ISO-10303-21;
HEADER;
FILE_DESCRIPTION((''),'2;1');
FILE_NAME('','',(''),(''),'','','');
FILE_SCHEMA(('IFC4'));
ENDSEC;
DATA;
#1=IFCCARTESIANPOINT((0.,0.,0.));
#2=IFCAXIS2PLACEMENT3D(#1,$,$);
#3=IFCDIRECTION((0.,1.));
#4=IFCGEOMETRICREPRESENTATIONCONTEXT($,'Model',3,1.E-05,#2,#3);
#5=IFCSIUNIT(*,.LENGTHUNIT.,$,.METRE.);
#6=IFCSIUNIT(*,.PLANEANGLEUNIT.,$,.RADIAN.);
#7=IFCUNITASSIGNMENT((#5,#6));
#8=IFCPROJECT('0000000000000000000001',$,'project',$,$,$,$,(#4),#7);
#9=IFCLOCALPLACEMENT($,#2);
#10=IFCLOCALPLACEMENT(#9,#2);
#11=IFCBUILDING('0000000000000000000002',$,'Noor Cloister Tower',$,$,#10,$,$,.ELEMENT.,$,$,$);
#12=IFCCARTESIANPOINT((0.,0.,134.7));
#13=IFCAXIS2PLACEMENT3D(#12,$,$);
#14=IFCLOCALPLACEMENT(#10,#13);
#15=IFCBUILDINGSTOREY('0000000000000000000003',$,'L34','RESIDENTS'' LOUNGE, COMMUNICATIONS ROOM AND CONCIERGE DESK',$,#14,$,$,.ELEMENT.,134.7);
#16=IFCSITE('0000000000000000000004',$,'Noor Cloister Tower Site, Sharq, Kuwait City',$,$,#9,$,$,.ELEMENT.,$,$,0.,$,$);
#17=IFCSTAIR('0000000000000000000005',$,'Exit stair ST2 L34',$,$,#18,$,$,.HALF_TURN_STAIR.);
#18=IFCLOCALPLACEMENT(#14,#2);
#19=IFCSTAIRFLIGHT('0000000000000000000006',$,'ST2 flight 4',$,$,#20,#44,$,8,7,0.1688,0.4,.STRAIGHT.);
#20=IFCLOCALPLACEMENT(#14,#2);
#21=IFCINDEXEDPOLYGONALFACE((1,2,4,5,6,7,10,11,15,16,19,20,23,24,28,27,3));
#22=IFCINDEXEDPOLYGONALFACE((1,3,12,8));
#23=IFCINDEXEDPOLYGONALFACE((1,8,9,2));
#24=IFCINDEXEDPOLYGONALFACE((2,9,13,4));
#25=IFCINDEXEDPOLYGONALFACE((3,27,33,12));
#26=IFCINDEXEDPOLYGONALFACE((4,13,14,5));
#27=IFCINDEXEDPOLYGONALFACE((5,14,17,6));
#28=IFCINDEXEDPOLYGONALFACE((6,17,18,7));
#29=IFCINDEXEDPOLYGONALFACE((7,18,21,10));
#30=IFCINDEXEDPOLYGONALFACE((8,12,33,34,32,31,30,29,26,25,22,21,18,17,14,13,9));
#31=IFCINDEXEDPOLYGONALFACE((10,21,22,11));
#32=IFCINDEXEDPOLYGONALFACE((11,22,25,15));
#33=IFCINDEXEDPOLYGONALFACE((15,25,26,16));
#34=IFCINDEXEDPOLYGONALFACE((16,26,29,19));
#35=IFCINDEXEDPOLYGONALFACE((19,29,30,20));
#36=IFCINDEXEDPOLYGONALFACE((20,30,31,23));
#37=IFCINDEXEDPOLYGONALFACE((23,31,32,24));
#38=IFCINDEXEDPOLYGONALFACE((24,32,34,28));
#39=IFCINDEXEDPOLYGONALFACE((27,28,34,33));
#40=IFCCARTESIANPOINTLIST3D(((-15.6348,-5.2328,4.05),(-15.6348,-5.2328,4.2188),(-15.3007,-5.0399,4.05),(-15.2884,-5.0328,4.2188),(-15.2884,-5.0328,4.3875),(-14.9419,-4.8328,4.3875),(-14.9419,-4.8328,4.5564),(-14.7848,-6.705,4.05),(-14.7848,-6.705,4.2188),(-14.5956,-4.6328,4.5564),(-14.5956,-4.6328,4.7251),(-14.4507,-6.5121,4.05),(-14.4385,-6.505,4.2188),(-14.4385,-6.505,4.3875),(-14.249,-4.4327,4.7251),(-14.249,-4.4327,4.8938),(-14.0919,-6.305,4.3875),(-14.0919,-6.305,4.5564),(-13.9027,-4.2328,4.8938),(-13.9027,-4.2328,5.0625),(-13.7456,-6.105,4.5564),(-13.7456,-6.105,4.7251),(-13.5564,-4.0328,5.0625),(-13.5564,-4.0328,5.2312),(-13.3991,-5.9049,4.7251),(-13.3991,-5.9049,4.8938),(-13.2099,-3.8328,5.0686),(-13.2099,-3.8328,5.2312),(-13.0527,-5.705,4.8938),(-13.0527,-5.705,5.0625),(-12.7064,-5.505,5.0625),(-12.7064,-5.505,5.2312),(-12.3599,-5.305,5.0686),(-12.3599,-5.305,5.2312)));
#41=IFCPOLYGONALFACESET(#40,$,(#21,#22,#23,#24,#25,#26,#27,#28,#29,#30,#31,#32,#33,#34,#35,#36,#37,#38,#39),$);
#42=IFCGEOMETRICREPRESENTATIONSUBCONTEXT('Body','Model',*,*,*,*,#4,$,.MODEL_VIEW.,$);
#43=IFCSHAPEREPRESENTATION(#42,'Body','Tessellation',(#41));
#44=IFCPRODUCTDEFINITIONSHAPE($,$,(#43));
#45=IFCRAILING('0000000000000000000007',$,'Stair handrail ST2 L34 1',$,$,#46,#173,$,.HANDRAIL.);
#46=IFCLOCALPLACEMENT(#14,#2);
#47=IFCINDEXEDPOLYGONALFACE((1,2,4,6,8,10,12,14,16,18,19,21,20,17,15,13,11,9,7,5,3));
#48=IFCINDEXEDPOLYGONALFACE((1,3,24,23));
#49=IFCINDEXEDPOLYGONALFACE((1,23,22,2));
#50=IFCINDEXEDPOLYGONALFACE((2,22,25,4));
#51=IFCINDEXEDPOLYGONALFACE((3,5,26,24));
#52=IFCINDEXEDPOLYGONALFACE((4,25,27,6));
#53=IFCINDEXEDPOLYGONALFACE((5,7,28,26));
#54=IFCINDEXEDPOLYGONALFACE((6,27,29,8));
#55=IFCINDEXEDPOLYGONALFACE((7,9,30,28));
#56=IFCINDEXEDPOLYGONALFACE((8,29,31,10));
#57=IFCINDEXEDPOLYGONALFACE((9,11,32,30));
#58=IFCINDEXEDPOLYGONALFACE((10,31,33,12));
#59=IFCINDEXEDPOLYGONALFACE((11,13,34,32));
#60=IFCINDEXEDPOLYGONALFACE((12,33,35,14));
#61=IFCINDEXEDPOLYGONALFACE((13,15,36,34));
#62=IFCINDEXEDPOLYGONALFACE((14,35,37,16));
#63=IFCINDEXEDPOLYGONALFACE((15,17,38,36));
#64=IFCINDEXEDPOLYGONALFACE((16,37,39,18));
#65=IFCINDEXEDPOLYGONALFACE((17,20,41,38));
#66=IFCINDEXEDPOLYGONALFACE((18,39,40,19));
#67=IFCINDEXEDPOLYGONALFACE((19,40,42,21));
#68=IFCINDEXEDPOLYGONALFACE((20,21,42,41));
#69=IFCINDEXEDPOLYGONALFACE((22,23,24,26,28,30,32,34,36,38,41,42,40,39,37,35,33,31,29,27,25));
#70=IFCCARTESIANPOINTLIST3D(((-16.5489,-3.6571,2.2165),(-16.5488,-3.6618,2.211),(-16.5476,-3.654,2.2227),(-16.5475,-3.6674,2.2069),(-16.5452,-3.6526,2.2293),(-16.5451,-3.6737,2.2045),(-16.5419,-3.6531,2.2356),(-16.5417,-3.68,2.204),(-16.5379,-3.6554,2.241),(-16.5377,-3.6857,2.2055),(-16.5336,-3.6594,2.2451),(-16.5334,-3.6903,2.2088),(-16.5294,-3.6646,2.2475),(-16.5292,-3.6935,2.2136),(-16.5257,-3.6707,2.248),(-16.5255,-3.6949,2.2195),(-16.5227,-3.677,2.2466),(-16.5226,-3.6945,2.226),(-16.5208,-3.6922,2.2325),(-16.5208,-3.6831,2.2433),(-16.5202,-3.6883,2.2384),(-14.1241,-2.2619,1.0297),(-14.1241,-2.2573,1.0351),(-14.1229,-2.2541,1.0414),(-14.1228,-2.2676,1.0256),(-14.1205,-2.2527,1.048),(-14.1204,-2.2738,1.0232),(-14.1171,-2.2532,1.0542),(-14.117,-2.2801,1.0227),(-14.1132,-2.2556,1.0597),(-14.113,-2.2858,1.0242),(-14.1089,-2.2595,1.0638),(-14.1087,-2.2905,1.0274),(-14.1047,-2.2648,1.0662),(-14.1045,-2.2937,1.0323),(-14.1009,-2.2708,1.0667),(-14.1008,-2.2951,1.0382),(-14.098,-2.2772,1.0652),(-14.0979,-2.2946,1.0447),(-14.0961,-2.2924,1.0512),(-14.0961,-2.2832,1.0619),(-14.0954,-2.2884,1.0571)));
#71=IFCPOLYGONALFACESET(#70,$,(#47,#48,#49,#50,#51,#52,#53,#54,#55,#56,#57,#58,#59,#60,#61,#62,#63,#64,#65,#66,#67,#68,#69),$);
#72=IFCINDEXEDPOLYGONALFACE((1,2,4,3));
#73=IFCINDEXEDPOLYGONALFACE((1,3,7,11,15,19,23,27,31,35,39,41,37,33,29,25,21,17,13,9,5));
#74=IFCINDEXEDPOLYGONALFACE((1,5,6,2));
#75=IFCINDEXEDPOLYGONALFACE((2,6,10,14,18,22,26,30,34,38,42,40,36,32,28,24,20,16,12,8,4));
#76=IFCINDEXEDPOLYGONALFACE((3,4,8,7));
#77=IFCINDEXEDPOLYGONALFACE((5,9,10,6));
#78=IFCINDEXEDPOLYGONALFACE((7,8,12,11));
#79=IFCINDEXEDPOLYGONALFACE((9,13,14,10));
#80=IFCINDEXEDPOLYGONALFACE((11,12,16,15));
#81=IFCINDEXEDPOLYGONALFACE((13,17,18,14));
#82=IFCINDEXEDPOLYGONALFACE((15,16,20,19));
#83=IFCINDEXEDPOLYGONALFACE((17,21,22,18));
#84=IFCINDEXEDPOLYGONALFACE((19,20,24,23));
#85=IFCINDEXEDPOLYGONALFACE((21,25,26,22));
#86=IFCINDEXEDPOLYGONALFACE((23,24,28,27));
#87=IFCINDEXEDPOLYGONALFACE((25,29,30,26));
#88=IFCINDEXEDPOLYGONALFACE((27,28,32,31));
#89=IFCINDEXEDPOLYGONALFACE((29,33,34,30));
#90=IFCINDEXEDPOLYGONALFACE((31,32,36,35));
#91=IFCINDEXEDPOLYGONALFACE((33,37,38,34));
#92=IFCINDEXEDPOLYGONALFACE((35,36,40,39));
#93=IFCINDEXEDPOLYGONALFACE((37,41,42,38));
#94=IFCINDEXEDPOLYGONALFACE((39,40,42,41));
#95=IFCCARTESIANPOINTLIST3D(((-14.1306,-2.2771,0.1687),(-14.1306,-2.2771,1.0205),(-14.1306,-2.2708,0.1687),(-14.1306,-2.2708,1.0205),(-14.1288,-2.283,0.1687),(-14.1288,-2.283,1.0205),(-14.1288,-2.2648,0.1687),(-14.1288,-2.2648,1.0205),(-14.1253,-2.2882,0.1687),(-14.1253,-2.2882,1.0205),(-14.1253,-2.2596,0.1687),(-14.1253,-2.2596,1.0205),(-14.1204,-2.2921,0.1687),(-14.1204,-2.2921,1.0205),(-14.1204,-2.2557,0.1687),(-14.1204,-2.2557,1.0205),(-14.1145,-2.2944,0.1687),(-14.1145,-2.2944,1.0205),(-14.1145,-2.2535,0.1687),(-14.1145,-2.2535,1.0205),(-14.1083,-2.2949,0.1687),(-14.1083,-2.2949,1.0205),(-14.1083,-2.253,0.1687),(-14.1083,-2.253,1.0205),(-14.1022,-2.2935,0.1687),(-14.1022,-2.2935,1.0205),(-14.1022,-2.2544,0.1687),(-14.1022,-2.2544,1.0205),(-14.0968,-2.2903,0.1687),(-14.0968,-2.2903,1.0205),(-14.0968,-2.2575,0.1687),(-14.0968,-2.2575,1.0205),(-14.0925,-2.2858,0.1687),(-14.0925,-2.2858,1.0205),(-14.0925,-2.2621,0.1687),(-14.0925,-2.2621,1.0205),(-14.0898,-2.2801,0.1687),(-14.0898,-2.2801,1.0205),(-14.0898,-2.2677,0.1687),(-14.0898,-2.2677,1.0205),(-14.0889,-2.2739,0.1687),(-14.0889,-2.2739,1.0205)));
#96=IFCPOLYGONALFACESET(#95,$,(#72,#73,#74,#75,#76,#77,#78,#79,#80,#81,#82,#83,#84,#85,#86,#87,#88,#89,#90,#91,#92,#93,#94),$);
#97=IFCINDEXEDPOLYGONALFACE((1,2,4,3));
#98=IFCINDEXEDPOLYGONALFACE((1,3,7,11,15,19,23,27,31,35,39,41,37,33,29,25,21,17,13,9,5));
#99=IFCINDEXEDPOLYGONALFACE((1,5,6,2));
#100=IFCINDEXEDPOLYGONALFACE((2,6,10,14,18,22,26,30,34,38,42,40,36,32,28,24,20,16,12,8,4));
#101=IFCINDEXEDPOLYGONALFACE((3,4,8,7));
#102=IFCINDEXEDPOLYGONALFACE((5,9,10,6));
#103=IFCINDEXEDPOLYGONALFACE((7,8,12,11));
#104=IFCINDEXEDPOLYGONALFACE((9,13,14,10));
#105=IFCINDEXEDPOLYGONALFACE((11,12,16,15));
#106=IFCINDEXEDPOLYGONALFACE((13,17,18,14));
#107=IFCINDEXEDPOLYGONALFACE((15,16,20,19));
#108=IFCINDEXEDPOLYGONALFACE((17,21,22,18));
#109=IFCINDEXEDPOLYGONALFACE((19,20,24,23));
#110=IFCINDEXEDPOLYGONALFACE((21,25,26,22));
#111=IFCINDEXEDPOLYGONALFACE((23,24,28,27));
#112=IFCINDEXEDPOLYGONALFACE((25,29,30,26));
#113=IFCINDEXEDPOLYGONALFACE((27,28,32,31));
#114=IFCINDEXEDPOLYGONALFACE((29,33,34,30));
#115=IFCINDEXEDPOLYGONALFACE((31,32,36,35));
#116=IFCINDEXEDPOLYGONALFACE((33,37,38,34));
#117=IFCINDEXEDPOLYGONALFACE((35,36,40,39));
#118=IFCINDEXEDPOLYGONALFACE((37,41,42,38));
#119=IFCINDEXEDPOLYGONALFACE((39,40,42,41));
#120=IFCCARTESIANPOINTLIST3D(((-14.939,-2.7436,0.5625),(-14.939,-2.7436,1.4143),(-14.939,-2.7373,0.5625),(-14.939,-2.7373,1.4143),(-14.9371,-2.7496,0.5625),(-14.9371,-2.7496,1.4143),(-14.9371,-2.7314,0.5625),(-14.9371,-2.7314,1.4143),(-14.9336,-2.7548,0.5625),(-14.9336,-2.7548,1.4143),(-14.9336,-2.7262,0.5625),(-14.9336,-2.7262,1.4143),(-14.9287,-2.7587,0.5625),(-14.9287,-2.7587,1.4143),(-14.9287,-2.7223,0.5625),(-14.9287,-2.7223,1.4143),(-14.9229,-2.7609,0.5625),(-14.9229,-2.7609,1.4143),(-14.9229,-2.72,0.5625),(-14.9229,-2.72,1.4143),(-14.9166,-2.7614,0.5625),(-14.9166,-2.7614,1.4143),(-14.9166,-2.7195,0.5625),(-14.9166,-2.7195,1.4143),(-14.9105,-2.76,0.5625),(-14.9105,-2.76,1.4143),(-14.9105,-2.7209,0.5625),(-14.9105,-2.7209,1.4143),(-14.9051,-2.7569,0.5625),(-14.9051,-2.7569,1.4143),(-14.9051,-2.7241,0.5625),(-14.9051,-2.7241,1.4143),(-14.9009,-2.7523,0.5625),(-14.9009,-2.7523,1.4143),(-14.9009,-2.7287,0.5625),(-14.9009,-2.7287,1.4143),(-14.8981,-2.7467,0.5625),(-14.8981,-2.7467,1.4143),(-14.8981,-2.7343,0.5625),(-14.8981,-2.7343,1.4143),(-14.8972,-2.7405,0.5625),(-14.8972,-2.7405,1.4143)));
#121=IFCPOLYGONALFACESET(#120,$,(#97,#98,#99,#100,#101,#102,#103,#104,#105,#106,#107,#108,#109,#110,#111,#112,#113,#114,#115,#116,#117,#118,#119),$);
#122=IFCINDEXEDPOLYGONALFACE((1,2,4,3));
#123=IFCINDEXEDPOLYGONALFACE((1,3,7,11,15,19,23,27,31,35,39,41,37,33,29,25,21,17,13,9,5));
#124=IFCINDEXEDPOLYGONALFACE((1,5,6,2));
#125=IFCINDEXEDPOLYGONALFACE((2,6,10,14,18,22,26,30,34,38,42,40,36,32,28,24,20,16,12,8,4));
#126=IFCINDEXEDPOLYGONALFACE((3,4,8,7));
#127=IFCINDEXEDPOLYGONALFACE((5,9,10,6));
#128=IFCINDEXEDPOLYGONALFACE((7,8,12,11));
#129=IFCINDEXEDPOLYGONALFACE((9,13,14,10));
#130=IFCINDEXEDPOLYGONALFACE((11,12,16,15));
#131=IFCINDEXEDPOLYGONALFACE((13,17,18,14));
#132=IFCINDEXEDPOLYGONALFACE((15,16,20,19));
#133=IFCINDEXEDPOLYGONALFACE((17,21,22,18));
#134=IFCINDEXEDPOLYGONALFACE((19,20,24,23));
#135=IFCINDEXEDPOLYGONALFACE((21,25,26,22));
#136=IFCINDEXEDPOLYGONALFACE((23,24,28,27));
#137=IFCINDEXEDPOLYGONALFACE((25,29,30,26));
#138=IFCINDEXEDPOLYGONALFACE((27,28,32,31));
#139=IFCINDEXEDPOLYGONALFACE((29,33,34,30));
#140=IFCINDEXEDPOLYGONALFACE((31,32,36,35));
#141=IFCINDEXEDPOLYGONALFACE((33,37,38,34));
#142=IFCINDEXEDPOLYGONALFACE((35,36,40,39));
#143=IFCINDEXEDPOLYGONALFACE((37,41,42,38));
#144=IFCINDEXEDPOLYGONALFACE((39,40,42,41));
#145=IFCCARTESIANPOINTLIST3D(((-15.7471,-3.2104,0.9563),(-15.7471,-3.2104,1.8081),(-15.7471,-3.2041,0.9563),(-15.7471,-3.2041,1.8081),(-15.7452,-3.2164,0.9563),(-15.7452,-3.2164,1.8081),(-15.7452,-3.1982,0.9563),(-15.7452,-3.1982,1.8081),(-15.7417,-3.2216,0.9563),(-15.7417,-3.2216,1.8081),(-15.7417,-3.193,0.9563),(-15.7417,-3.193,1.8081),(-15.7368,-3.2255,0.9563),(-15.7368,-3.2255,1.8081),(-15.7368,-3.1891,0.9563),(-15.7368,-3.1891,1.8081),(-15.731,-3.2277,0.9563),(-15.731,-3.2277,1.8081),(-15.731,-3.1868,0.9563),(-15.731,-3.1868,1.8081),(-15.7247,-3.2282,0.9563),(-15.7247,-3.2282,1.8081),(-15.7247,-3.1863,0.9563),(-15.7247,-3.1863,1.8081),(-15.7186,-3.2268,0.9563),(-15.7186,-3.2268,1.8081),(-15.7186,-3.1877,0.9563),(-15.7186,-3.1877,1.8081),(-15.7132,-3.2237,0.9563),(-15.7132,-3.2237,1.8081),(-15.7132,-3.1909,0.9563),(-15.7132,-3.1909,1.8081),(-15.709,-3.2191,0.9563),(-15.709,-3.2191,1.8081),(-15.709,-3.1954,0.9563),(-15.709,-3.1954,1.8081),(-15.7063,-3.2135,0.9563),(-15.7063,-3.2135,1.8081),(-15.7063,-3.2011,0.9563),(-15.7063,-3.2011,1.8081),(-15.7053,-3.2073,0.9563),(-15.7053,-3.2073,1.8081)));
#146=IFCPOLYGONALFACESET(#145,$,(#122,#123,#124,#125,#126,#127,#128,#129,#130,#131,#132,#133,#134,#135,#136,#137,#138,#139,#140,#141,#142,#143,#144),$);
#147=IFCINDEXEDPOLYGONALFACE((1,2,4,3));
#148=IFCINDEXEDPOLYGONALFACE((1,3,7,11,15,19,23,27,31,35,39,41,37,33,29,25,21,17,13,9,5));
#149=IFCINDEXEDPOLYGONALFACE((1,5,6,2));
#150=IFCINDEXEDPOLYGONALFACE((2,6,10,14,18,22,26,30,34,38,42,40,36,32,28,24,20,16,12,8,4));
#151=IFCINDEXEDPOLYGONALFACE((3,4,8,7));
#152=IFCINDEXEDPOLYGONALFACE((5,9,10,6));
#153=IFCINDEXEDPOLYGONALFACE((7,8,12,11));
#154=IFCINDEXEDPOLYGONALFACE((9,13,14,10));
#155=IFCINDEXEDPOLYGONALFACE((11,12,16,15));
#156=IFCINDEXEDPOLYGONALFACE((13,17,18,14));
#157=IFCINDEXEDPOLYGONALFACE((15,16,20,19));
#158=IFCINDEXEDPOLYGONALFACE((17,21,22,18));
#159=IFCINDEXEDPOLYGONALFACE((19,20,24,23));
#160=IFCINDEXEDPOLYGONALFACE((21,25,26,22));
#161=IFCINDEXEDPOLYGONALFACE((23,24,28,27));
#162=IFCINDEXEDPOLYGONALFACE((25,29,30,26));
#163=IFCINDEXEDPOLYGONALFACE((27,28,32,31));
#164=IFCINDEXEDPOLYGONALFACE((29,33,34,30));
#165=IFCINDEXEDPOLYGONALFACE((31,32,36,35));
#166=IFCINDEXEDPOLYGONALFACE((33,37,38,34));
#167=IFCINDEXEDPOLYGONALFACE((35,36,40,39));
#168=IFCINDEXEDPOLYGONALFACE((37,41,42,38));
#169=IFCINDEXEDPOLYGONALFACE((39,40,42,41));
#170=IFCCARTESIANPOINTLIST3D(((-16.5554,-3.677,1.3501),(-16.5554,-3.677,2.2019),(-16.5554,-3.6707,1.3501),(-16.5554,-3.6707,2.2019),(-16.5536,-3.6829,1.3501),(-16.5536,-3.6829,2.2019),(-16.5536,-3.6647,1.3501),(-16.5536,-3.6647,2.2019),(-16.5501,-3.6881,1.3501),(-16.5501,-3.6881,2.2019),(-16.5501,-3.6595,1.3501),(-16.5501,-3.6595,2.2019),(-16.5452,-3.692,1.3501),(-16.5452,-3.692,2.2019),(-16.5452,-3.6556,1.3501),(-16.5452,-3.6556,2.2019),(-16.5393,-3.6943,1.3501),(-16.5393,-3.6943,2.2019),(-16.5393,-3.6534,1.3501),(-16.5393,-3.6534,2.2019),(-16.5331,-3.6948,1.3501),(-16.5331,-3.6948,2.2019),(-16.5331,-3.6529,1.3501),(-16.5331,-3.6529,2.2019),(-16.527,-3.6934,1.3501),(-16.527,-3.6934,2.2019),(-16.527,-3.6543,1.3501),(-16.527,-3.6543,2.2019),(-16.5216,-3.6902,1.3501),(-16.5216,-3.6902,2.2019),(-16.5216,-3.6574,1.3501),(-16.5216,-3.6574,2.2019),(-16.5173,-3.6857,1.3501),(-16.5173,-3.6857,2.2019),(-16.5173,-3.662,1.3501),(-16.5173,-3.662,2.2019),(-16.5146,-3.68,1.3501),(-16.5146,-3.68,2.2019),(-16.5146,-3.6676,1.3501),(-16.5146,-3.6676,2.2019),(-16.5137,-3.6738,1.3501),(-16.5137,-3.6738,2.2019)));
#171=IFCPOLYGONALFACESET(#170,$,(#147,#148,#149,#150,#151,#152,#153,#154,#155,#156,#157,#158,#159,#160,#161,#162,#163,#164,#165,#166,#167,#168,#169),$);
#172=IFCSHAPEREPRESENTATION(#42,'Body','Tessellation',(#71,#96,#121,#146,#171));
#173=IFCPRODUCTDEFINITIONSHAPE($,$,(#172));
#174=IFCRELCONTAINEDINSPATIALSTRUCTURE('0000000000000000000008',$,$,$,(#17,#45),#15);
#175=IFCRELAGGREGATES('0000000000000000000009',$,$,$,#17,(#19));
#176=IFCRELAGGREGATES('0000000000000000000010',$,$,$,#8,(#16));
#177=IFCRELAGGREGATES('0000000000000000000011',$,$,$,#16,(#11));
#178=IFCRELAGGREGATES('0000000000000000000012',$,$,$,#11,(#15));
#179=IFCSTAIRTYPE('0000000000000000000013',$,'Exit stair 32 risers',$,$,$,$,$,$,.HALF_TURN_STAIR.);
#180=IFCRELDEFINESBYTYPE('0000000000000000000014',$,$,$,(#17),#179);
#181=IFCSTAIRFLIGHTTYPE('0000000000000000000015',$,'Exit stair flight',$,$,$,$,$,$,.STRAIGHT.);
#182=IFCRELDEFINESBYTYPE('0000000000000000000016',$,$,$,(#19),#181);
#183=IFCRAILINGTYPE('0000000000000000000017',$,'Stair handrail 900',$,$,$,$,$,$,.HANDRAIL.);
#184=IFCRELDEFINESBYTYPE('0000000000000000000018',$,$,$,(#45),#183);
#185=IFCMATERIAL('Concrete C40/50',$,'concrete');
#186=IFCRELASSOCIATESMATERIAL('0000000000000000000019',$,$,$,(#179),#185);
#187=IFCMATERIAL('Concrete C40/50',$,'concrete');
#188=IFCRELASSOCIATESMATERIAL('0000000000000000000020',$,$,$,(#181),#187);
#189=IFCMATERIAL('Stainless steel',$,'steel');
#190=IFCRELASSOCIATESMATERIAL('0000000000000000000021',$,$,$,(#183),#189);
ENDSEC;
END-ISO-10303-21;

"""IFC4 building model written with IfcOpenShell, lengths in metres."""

from ifc_helpers import new_model, si_unit, direction, frame, origin, origin_2d, place, context, subcontext, project, spatial, polyline, circle, outline, extrude, material, type_object, element, aggregate, save


model = new_model("IFC4")

# Units and contexts
model_context = context("Model", 3, precision=1e-05, world=origin(), true_north=direction((0.0, 1.0)))
body_context = subcontext(model_context, "Body", "Model", "MODEL_VIEW")
ifc_project = project(units=[si_unit("LENGTHUNIT", "METRE"), si_unit("PLANEANGLEUNIT", "RADIAN")], contexts=[model_context])

# Site, building, storey
site_placement = place(None, origin())
site = spatial("IfcSite", under=ifc_project, at=site_placement, Name="Noor Cloister Tower Site, Sharq, Kuwait City", CompositionType="ELEMENT", RefElevation=0.0)
building_placement = place(site_placement, origin())
building = spatial("IfcBuilding", under=site, at=building_placement, Name="Noor Cloister Tower", CompositionType="ELEMENT")
storey_placement = place(building_placement, frame((0.0, 0.0, 134.7)))
storey = spatial("IfcBuildingStorey", under=building, at=storey_placement, Name="L34", Description="RESIDENTS' LOUNGE, COMMUNICATIONS ROOM AND CONCIERGE DESK", CompositionType="ELEMENT", Elevation=134.7)

# Stair, stair flight
ifc_material_1 = material(Name="Concrete C40/50", Category="concrete")
stair_type = type_object("IfcStairType", Name="Exit stair 32 risers", PredefinedType="HALF_TURN_STAIR", material=ifc_material_1)
stair_placement = place(storey_placement, origin())
stair = element("IfcStair", 1, at=stair_placement, inside=storey, type_object=stair_type, Name="Exit stair ST2 L34", PredefinedType="HALF_TURN_STAIR")
ifc_material_2 = material(Name="Concrete C40/50", Category="concrete")
stair_flight_type = type_object("IfcStairFlightType", Name="Exit stair flight", PredefinedType="STRAIGHT", material=ifc_material_2)
stair_flight_1_placement = place(storey_placement, frame((-15.2097, -5.969, 4.05), z_axis=(0.0, 0.0, 1.0), x_axis=(0.866025, 0.5, 0.0)))
stair_flight_1 = element("IfcStairFlight", 2, at=stair_flight_1_placement, type_object=stair_flight_type, Name="ST2 flight 4", NumberOfRisers=8, NumberOfTreads=7, PredefinedType="STRAIGHT", RiserHeight=0.1688, TreadLength=0.4, context=body_context, shape_type="SweptSolid", body=[
    extrude(outline(polyline([(0.0, 0.0), (0.0, 0.1687), (0.3999, 0.1687), (0.3999, 0.3374), (0.8, 0.3374), (0.8, 0.5063), (1.2, 0.5063), (1.2, 0.675), (1.6001, 0.675), (1.6001, 0.8438), (2.0, 0.8438), (2.0, 1.0125), (2.3999, 1.0125), (2.3999, 1.1812), (2.8, 1.1812), (2.8, 1.3501), (2.8, 1.0186), (0.3857, 0.0), (0.0, 0.0)])), frame((0.0, 0.8501, 0.0), z_axis=(0.0, -1.0, 0.0), x_axis=(1.0, 0.0, 0.0)), (0.0, 0.0, 1.0), 1.7),
])
aggregate(stair, [stair_flight_1])

# Railing
ifc_material_3 = material(Name="Stainless steel", Category="steel")
railing_type_1 = type_object("IfcRailingType", Name="Stair handrail 900", PredefinedType="HANDRAIL", material=ifc_material_3)
railing_1_placement = place(storey_placement, frame((-14.1099, -2.2739, 0.1687)))
element("IfcRailing", 3, at=railing_1_placement, inside=storey, type_object=railing_type_1, Name="Stair handrail ST2 L34 1", PredefinedType="HANDRAIL", context=body_context, shape_type="SweptSolid", body=[
    extrude(circle(Radius=0.0239, at=origin_2d()), frame((0.0, 0.0, 0.876), z_axis=(-0.797914, -0.460656, 0.388754), x_axis=(0.499984, -0.866035, 0.0)), (0.0, 0.0, 1.0), 3.0388),
    extrude(circle(Radius=0.021, at=origin_2d()), origin(), (0.0, 0.0, 1.0), 0.8518),
    extrude(circle(Radius=0.021, at=origin_2d()), frame((-0.8083, -0.4666, 0.3938)), (0.0, 0.0, 1.0), 0.8518),
    extrude(circle(Radius=0.021, at=origin_2d()), frame((-1.6165, -0.9333, 0.7876)), (0.0, 0.0, 1.0), 0.8518),
    extrude(circle(Radius=0.021, at=origin_2d()), frame((-2.4248, -1.3999, 1.1814)), (0.0, 0.0, 1.0), 0.8518),
])

save(model, "model.ifc")
